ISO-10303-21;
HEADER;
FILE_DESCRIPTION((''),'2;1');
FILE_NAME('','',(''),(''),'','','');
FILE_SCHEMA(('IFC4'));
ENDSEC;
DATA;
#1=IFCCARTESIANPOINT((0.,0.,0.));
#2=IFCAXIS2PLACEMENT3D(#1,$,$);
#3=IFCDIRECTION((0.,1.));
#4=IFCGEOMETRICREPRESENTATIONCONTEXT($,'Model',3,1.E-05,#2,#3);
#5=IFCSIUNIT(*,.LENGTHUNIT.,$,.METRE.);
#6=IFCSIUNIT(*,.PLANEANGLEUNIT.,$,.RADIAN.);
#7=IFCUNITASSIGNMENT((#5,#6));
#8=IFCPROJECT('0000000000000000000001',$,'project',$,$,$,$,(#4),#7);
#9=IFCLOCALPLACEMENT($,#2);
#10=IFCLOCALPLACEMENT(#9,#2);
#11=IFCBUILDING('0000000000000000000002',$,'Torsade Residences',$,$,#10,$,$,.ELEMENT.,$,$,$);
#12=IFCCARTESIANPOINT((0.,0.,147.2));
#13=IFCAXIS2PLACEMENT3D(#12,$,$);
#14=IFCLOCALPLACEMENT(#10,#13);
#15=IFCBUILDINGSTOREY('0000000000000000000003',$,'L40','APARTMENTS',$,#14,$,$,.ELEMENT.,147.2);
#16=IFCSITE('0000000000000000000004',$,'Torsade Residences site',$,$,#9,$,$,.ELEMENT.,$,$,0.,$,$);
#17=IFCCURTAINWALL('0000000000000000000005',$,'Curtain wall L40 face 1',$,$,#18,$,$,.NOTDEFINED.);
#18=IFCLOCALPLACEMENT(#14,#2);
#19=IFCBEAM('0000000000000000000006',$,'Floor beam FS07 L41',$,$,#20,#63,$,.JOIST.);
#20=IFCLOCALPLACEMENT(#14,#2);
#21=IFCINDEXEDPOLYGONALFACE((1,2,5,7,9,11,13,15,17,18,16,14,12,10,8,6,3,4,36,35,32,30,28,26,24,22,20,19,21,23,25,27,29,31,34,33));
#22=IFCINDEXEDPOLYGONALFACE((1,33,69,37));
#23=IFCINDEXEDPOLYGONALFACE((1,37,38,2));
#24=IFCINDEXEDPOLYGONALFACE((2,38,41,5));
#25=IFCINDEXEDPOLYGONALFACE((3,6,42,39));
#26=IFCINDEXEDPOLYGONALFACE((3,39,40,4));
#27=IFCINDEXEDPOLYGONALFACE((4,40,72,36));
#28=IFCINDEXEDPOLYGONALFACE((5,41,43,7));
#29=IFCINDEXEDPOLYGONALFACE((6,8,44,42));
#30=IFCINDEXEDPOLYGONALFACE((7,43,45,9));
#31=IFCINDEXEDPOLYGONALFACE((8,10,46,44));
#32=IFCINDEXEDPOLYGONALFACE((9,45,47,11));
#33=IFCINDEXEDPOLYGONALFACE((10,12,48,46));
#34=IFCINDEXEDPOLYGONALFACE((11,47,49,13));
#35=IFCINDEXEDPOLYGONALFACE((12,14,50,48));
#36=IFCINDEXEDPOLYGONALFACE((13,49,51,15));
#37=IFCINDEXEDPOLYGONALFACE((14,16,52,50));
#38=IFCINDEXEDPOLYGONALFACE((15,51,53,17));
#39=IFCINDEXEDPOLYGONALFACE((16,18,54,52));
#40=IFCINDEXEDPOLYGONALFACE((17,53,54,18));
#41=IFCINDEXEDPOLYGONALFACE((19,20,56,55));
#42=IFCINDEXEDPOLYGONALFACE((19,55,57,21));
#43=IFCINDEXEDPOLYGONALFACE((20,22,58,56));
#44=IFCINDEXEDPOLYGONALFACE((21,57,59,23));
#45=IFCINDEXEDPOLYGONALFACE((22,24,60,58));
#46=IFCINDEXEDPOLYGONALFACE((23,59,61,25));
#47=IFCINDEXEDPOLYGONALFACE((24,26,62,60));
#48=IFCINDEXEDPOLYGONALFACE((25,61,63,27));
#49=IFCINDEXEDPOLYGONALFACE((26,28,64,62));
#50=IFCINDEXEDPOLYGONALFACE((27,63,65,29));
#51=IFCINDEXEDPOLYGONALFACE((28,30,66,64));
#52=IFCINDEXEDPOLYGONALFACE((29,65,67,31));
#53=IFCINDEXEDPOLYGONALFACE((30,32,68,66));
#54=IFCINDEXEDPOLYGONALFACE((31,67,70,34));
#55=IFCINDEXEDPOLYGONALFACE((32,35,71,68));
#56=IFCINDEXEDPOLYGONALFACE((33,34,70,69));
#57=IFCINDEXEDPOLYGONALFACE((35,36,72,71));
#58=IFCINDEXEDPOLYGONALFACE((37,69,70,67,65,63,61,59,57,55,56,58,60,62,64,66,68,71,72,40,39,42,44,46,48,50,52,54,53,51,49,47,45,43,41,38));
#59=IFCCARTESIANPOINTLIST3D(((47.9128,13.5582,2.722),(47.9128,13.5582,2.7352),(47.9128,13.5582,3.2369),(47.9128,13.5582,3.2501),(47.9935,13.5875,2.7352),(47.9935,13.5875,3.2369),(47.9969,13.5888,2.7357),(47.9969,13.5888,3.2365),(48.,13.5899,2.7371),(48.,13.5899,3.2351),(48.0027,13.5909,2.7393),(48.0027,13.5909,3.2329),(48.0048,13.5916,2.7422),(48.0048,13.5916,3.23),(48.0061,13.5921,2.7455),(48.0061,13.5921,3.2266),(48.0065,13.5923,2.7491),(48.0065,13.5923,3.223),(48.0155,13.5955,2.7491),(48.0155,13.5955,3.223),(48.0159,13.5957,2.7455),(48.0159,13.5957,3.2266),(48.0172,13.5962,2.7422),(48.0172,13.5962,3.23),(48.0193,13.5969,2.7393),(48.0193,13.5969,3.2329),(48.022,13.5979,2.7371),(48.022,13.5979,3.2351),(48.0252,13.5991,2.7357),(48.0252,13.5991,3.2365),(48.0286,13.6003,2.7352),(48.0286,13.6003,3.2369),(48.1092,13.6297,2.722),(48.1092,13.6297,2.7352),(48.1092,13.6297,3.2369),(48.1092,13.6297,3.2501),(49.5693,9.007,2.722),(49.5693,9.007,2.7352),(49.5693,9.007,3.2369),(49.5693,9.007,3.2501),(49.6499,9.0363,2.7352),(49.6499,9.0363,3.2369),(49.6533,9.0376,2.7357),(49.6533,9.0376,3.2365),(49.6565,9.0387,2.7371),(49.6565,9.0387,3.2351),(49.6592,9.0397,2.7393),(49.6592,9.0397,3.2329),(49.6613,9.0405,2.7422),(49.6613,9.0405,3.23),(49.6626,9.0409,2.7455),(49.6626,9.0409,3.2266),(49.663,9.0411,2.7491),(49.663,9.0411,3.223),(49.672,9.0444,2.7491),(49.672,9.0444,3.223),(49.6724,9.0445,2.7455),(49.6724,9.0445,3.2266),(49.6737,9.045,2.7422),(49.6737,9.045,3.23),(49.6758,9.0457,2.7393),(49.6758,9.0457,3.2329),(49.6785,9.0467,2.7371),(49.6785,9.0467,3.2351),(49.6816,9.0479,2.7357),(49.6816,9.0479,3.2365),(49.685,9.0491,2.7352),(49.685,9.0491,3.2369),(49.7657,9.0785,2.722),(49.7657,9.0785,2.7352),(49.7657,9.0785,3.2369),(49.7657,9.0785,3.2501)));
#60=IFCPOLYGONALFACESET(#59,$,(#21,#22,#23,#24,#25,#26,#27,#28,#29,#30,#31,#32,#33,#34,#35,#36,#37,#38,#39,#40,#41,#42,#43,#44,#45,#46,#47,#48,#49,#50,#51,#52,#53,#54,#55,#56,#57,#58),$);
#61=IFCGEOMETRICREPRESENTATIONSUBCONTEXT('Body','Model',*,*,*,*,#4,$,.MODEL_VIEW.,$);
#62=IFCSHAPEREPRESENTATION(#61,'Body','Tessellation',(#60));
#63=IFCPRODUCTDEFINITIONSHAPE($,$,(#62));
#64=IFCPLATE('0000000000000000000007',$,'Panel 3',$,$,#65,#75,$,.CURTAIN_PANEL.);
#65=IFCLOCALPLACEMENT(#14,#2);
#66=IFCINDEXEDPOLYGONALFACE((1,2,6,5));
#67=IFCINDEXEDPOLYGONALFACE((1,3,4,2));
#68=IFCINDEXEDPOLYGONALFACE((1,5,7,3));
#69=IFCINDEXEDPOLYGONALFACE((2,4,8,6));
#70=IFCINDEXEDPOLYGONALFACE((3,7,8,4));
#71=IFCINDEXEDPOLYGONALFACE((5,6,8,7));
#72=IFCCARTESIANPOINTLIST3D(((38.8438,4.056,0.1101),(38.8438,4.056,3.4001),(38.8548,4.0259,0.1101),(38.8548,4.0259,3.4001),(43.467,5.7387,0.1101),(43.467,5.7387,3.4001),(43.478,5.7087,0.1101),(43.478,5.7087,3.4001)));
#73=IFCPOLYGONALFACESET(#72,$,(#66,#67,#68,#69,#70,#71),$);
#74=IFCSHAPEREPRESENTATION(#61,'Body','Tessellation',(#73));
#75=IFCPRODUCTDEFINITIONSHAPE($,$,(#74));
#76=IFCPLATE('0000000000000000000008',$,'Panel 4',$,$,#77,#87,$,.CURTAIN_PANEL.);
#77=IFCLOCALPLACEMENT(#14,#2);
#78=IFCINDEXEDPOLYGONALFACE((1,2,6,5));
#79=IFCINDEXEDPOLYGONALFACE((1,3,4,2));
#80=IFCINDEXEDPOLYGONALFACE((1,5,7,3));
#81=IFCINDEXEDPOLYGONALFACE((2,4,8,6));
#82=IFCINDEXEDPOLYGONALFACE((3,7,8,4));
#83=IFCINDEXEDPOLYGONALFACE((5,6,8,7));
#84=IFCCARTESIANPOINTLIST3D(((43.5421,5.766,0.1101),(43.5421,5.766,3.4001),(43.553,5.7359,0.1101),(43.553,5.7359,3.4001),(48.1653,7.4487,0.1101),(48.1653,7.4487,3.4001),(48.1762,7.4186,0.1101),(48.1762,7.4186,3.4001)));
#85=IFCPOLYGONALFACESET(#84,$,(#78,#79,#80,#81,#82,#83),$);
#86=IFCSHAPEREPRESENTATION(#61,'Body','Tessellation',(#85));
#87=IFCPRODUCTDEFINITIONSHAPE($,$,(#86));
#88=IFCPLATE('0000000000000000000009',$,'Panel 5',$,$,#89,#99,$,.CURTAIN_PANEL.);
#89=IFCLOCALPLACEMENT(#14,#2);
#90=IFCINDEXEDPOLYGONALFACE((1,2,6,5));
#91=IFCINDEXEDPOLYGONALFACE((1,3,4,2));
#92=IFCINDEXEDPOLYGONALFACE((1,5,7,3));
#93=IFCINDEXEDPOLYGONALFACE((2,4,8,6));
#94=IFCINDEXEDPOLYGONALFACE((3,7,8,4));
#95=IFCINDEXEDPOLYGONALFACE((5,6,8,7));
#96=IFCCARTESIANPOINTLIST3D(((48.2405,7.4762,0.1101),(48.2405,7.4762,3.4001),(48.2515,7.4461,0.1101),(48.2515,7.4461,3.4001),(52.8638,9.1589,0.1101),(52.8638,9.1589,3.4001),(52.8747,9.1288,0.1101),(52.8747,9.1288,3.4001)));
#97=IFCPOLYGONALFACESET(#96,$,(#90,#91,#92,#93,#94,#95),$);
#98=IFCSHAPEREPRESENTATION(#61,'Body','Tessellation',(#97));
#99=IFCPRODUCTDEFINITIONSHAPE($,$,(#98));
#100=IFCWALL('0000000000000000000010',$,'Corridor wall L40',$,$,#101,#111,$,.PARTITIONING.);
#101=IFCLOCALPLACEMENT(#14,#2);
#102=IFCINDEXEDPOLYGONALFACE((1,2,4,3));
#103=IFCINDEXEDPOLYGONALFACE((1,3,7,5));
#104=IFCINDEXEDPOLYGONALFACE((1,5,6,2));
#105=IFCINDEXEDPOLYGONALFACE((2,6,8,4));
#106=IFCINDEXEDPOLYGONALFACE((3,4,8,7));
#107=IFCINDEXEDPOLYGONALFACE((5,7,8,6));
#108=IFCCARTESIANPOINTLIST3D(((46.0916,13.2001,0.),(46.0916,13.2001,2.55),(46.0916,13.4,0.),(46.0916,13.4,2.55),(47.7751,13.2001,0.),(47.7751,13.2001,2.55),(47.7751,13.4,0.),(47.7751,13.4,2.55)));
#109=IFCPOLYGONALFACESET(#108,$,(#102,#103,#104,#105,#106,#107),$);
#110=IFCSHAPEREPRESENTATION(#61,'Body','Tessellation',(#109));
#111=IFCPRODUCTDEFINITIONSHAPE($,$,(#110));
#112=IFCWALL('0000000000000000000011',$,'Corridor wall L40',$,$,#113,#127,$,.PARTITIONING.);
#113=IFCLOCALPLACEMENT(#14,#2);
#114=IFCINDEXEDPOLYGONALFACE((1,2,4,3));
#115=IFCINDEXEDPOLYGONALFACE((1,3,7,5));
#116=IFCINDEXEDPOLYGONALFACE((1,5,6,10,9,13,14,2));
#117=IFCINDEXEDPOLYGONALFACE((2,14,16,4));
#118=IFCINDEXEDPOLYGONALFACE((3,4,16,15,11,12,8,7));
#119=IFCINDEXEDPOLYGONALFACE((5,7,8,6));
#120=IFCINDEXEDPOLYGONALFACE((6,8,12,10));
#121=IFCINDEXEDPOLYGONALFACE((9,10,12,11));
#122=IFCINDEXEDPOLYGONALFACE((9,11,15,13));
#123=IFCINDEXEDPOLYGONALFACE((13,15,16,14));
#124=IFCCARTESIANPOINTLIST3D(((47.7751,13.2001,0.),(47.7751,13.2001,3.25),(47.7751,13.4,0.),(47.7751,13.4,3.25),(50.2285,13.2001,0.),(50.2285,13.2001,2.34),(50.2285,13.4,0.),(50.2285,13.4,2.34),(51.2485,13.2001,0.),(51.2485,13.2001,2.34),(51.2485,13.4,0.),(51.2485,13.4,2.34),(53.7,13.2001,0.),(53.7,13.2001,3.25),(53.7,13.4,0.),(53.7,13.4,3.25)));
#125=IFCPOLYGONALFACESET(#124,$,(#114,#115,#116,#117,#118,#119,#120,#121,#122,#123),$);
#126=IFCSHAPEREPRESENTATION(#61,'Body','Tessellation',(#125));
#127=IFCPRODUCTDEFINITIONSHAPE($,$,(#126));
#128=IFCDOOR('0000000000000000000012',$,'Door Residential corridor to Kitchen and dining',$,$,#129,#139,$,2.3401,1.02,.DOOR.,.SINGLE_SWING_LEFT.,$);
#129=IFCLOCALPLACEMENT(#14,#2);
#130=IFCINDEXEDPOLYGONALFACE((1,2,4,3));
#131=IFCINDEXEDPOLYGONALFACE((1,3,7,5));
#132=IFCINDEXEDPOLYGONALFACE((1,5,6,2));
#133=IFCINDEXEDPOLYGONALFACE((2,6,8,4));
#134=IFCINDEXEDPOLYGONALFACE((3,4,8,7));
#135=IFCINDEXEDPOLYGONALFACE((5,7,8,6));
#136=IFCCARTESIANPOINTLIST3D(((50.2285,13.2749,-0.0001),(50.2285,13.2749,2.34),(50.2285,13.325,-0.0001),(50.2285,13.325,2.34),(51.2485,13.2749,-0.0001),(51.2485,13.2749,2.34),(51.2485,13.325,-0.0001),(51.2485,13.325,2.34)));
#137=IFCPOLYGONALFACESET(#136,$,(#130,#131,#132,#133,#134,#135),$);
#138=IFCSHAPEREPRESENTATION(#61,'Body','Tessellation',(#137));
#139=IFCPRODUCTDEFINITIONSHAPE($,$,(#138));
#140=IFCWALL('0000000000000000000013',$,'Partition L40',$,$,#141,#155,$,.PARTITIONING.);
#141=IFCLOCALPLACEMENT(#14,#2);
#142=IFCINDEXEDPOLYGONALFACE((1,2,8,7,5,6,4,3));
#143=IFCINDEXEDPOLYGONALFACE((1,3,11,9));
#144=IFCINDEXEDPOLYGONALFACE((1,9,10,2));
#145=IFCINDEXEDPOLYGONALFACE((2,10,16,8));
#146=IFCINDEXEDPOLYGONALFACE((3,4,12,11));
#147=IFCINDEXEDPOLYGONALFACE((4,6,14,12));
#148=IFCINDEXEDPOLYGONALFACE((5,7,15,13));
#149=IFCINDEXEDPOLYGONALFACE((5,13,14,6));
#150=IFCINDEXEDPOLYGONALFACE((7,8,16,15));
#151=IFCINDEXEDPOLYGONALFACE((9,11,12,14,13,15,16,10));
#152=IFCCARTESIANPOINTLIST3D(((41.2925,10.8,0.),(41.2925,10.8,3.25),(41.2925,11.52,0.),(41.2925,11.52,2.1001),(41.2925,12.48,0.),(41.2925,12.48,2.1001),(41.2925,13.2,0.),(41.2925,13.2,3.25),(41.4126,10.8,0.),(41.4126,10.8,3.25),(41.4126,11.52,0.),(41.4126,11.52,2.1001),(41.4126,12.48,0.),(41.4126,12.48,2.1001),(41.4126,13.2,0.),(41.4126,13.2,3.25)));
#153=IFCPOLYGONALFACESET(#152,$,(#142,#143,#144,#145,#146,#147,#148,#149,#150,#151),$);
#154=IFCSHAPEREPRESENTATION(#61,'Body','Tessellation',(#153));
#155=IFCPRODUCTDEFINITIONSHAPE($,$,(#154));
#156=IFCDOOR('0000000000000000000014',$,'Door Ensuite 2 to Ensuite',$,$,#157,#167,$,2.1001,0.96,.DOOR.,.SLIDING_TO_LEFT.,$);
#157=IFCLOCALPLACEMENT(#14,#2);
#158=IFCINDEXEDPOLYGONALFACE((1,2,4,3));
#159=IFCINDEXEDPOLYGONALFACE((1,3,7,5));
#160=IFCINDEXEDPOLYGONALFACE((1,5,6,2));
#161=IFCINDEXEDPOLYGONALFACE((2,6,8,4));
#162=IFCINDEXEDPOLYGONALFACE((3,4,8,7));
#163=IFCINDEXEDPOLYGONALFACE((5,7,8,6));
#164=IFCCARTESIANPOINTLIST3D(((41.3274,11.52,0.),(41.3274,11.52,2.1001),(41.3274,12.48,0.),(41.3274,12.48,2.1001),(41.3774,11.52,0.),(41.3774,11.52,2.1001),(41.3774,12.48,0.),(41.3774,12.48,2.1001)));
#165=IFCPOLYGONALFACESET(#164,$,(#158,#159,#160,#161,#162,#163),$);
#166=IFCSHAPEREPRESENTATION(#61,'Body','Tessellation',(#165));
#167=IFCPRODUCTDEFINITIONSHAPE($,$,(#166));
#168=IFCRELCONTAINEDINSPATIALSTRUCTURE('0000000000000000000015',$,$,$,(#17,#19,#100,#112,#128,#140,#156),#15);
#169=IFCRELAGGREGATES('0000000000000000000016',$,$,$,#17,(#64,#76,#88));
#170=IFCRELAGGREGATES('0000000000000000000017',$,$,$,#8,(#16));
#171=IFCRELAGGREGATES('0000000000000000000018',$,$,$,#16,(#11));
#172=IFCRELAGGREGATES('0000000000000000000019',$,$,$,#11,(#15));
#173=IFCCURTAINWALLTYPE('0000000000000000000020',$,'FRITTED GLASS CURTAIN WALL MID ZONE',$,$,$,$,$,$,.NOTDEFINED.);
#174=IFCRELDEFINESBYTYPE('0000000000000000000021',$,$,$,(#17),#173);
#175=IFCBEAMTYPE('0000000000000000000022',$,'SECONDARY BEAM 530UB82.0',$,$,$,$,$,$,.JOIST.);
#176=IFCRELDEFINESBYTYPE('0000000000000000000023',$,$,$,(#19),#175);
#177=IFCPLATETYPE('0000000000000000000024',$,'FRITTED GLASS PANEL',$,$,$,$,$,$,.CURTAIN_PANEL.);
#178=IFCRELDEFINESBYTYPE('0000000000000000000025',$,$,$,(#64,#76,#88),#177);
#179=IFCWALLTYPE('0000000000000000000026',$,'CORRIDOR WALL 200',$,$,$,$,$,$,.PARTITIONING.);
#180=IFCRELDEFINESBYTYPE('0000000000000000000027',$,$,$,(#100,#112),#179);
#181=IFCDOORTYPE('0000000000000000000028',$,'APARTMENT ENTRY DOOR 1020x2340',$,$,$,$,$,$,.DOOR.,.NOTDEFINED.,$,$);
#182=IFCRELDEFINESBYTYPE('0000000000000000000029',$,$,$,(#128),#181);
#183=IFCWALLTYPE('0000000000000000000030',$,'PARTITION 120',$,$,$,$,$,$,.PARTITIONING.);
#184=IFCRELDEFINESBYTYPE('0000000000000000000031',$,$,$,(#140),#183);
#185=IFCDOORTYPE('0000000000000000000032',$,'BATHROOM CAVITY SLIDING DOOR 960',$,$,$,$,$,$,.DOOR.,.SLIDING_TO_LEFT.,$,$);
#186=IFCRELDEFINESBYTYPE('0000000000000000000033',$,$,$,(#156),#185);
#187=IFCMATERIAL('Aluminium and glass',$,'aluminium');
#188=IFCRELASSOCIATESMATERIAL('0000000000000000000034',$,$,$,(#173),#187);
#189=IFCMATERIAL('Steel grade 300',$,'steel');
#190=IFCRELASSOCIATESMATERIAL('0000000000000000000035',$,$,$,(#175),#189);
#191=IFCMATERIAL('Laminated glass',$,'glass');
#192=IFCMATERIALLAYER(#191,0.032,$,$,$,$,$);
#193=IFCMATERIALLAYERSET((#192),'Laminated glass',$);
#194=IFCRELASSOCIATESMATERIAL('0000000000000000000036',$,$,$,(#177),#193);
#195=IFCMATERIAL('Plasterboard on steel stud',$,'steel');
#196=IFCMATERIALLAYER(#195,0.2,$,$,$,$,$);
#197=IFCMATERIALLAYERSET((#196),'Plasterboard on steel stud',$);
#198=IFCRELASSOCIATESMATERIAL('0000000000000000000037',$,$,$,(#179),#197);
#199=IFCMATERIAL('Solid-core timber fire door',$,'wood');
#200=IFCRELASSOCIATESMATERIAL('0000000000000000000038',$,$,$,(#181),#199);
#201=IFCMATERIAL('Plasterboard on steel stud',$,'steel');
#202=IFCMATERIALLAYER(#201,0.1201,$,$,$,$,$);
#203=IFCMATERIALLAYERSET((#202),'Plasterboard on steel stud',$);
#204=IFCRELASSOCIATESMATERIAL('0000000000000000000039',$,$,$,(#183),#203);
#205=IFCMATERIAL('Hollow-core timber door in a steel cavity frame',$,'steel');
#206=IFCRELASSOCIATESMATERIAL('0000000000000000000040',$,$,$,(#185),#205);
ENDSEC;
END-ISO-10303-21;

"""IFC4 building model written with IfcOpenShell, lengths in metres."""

from ifc_helpers import new_model, si_unit, direction, frame, frame_2d, origin, origin_2d, place, context, subcontext, project, spatial, rectangle, i_section, extrude, material, layer, layer_set, material_profile, profile_set, type_object, element, fill, aggregate, save


model = new_model("IFC4")

# Units and contexts
model_context = context("Model", 3, precision=1e-05, world=origin(), true_north=direction((0.0, 1.0)))
body_context = subcontext(model_context, "Body", "Model", "MODEL_VIEW")
ifc_project = project(units=[si_unit("LENGTHUNIT", "METRE"), si_unit("PLANEANGLEUNIT", "RADIAN")], contexts=[model_context])

# Site, building, storey
site_placement = place(None, origin())
site = spatial("IfcSite", under=ifc_project, at=site_placement, Name="Torsade Residences site", CompositionType="ELEMENT", RefElevation=0.0)
building_placement = place(site_placement, origin())
building = spatial("IfcBuilding", under=site, at=building_placement, Name="Torsade Residences", CompositionType="ELEMENT")
storey_placement = place(building_placement, frame((0.0, 0.0, 147.2)))
storey = spatial("IfcBuildingStorey", under=building, at=storey_placement, Name="L40", Description="APARTMENTS", CompositionType="ELEMENT", Elevation=147.2)

# Curtain wall
ifc_material_1 = material(Name="Aluminium and glass", Category="aluminium")
curtain_wall_type = type_object("IfcCurtainWallType", Name="FRITTED GLASS CURTAIN WALL MID ZONE", PredefinedType="NOTDEFINED", material=ifc_material_1)
curtain_wall_placement = place(storey_placement, origin())
curtain_wall = element("IfcCurtainWall", 1, at=curtain_wall_placement, inside=storey, type_object=curtain_wall_type, Name="Curtain wall L40 face 1", PredefinedType="NOTDEFINED")

# Beam
ifc_material_2 = material(Name="Steel grade 300", Category="steel")
ifc_material_profile_1 = material_profile(ifc_material_2, i_section(OverallWidth=0.209, OverallDepth=0.5281, WebThickness=0.0095, FlangeThickness=0.0132, FilletRadius=0.0139, at=origin_2d()), Name="530UB82.0")
ifc_profile_set_1 = profile_set([ifc_material_profile_1], Name="Steel grade 300")
beam_type_1 = type_object("IfcBeamType", Name="SECONDARY BEAM 530UB82.0", PredefinedType="JOIST", material=ifc_profile_set_1)
beam_1_placement = place(storey_placement, frame((49.6675, 9.0427, 2.9861), z_axis=(-0.342014, 0.939695, 0.0), x_axis=(-0.939695, -0.342014, 0.0)))
element("IfcBeam", 2, at=beam_1_placement, inside=storey, type_object=beam_type_1, Name="Floor beam FS07 L41", PredefinedType="JOIST", context=body_context, shape_type="SweptSolid", body=[
    extrude(i_section(OverallWidth=0.209, OverallDepth=0.5281, WebThickness=0.0095, FlangeThickness=0.0132, FilletRadius=0.0139, at=origin_2d()), origin(), (0.0, 0.0, 1.0), 4.8433),
])

# Plates
ifc_material_3 = material(Name="Laminated glass", Category="glass")
ifc_layer_1 = layer(ifc_material_3, 0.032)
ifc_layer_set_1 = layer_set([ifc_layer_1], Name="Laminated glass")
plate_type = type_object("IfcPlateType", Name="FRITTED GLASS PANEL", PredefinedType="CURTAIN_PANEL", material=ifc_layer_set_1)
plate_1_placement = place(storey_placement, frame((41.1609, 4.8823, 0.1101), z_axis=(0.0, 0.0, 1.0), x_axis=(0.939693, 0.34202, 0.0)))
plate_1 = element("IfcPlate", 3, at=plate_1_placement, type_object=plate_type, Name="Panel 3", PredefinedType="CURTAIN_PANEL", context=body_context, shape_type="SweptSolid", body=[
    extrude(rectangle(XDim=4.9199, YDim=0.032, at=origin_2d()), origin(), (0.0, 0.0, 1.0), 3.29),
])
plate_2_placement = place(storey_placement, frame((45.8591, 6.5923, 0.1101), z_axis=(0.0, 0.0, 1.0), x_axis=(0.939693, 0.34202, 0.0)))
plate_2 = element("IfcPlate", 4, at=plate_2_placement, type_object=plate_type, Name="Panel 4", PredefinedType="CURTAIN_PANEL", context=body_context, shape_type="SweptSolid", body=[
    extrude(rectangle(XDim=4.9199, YDim=0.032, at=origin_2d()), origin(), (0.0, 0.0, 1.0), 3.29),
])
plate_3_placement = place(storey_placement, frame((50.5576, 8.3025, 0.1101), z_axis=(0.0, 0.0, 1.0), x_axis=(0.939693, 0.34202, 0.0)))
plate_3 = element("IfcPlate", 5, at=plate_3_placement, type_object=plate_type, Name="Panel 5", PredefinedType="CURTAIN_PANEL", context=body_context, shape_type="SweptSolid", body=[
    extrude(rectangle(XDim=4.9199, YDim=0.032, at=origin_2d()), origin(), (0.0, 0.0, 1.0), 3.29),
])
aggregate(curtain_wall, [plate_1, plate_2, plate_3])

# Wall
ifc_material_4 = material(Name="Plasterboard on steel stud", Category="steel")
ifc_layer_2 = layer(ifc_material_4, 0.2)
ifc_layer_set_2 = layer_set([ifc_layer_2], Name="Plasterboard on steel stud")
wall_type_1 = type_object("IfcWallType", Name="CORRIDOR WALL 200", PredefinedType="PARTITIONING", material=ifc_layer_set_2)
wall_1_placement = place(storey_placement, frame((46.0916, 13.3, 0.0), z_axis=(0.0, 0.0, 1.0), x_axis=(1.0, 0.0, 0.0)))
element("IfcWall", 6, at=wall_1_placement, inside=storey, type_object=wall_type_1, Name="Corridor wall L40", PredefinedType="PARTITIONING", context=body_context, shape_type="SweptSolid", body=[
    extrude(rectangle(XDim=1.6836, YDim=0.2, at=frame_2d((0.8418, 0.0))), origin(), (0.0, 0.0, 1.0), 2.55),
])

# Walls, openings, doors
wall_2_placement = place(storey_placement, frame((47.7751, 13.3, 0.0), z_axis=(0.0, 0.0, 1.0), x_axis=(1.0, 0.0, 0.0)))
wall_2 = element("IfcWall", 7, at=wall_2_placement, inside=storey, type_object=wall_type_1, Name="Corridor wall L40", PredefinedType="PARTITIONING", context=body_context, shape_type="SweptSolid", body=[
    extrude(rectangle(XDim=5.9248, YDim=0.2, at=frame_2d((2.9624, 0.0))), origin(), (0.0, 0.0, 1.0), 3.25),
])
opening_1_placement = place(wall_2_placement, frame((2.4534, 0.0, 0.0)))
opening_1 = element("IfcOpeningElement", 8, at=opening_1_placement, cuts=wall_2, PredefinedType="OPENING", context=body_context, shape_type="SweptSolid", body=[
    extrude(rectangle(XDim=1.02, YDim=2.3401, at=frame_2d((0.51, 1.1699))), frame((0.0, 0.1099, 0.0), z_axis=(0.0, -1.0, 0.0), x_axis=(1.0, 0.0, 0.0)), (0.0, 0.0, 1.0), 0.22),
])
ifc_material_5 = material(Name="Solid-core timber fire door", Category="wood")
door_type_1 = type_object("IfcDoorType", Name="APARTMENT ENTRY DOOR 1020x2340", OperationType="NOTDEFINED", PredefinedType="DOOR", material=ifc_material_5)
door_1_placement = place(opening_1_placement, origin())
door_1 = element("IfcDoor", 9, at=door_1_placement, inside=storey, type_object=door_type_1, Name="Door Residential corridor to Kitchen and dining", OperationType="SINGLE_SWING_LEFT", OverallHeight=2.3401, OverallWidth=1.02, PredefinedType="DOOR", context=body_context, shape_type="SweptSolid", body=[
    extrude(rectangle(XDim=1.02, YDim=2.3401, at=frame_2d((0.51, 1.1699))), frame((0.0, 0.0249, 0.0), z_axis=(0.0, -1.0, 0.0), x_axis=(1.0, 0.0, 0.0)), (0.0, 0.0, 1.0), 0.05),
])
fill(opening_1, door_1)
ifc_material_6 = material(Name="Plasterboard on steel stud", Category="steel")
ifc_layer_3 = layer(ifc_material_6, 0.1201)
ifc_layer_set_3 = layer_set([ifc_layer_3], Name="Plasterboard on steel stud")
wall_type_2 = type_object("IfcWallType", Name="PARTITION 120", PredefinedType="PARTITIONING", material=ifc_layer_set_3)
wall_3_placement = place(storey_placement, frame((41.3525, 13.2, 0.0), z_axis=(0.0, 0.0, 1.0), x_axis=(0.0, -1.0, 0.0)))
wall_3 = element("IfcWall", 10, at=wall_3_placement, inside=storey, type_object=wall_type_2, Name="Partition L40", PredefinedType="PARTITIONING", context=body_context, shape_type="SweptSolid", body=[
    extrude(rectangle(XDim=2.3999, YDim=0.1201, at=frame_2d((1.2, 0.0))), origin(), (0.0, 0.0, 1.0), 3.25),
])
opening_2_placement = place(wall_3_placement, frame((0.72, 0.0, 0.0)))
opening_2 = element("IfcOpeningElement", 11, at=opening_2_placement, cuts=wall_3, PredefinedType="OPENING", context=body_context, shape_type="SweptSolid", body=[
    extrude(rectangle(XDim=0.96, YDim=2.1001, at=frame_2d((0.48, 1.05))), frame((0.0, 0.0701, 0.0), z_axis=(0.0, -1.0, 0.0), x_axis=(1.0, 0.0, 0.0)), (0.0, 0.0, 1.0), 0.1401),
])
ifc_material_7 = material(Name="Hollow-core timber door in a steel cavity frame", Category="steel")
door_type_2 = type_object("IfcDoorType", Name="BATHROOM CAVITY SLIDING DOOR 960", OperationType="SLIDING_TO_LEFT", PredefinedType="DOOR", material=ifc_material_7)
door_2_placement = place(opening_2_placement, origin())
door_2 = element("IfcDoor", 12, at=door_2_placement, inside=storey, type_object=door_type_2, Name="Door Ensuite 2 to Ensuite", OperationType="SLIDING_TO_LEFT", OverallHeight=2.1001, OverallWidth=0.96, PredefinedType="DOOR", context=body_context, shape_type="SweptSolid", body=[
    extrude(rectangle(XDim=0.96, YDim=2.1001, at=frame_2d((0.48, 1.05))), frame((0.0, 0.0249, 0.0), z_axis=(0.0, -1.0, 0.0), x_axis=(1.0, 0.0, 0.0)), (0.0, 0.0, 1.0), 0.05),
])
fill(opening_2, door_2)

save(model, "model.ifc")
